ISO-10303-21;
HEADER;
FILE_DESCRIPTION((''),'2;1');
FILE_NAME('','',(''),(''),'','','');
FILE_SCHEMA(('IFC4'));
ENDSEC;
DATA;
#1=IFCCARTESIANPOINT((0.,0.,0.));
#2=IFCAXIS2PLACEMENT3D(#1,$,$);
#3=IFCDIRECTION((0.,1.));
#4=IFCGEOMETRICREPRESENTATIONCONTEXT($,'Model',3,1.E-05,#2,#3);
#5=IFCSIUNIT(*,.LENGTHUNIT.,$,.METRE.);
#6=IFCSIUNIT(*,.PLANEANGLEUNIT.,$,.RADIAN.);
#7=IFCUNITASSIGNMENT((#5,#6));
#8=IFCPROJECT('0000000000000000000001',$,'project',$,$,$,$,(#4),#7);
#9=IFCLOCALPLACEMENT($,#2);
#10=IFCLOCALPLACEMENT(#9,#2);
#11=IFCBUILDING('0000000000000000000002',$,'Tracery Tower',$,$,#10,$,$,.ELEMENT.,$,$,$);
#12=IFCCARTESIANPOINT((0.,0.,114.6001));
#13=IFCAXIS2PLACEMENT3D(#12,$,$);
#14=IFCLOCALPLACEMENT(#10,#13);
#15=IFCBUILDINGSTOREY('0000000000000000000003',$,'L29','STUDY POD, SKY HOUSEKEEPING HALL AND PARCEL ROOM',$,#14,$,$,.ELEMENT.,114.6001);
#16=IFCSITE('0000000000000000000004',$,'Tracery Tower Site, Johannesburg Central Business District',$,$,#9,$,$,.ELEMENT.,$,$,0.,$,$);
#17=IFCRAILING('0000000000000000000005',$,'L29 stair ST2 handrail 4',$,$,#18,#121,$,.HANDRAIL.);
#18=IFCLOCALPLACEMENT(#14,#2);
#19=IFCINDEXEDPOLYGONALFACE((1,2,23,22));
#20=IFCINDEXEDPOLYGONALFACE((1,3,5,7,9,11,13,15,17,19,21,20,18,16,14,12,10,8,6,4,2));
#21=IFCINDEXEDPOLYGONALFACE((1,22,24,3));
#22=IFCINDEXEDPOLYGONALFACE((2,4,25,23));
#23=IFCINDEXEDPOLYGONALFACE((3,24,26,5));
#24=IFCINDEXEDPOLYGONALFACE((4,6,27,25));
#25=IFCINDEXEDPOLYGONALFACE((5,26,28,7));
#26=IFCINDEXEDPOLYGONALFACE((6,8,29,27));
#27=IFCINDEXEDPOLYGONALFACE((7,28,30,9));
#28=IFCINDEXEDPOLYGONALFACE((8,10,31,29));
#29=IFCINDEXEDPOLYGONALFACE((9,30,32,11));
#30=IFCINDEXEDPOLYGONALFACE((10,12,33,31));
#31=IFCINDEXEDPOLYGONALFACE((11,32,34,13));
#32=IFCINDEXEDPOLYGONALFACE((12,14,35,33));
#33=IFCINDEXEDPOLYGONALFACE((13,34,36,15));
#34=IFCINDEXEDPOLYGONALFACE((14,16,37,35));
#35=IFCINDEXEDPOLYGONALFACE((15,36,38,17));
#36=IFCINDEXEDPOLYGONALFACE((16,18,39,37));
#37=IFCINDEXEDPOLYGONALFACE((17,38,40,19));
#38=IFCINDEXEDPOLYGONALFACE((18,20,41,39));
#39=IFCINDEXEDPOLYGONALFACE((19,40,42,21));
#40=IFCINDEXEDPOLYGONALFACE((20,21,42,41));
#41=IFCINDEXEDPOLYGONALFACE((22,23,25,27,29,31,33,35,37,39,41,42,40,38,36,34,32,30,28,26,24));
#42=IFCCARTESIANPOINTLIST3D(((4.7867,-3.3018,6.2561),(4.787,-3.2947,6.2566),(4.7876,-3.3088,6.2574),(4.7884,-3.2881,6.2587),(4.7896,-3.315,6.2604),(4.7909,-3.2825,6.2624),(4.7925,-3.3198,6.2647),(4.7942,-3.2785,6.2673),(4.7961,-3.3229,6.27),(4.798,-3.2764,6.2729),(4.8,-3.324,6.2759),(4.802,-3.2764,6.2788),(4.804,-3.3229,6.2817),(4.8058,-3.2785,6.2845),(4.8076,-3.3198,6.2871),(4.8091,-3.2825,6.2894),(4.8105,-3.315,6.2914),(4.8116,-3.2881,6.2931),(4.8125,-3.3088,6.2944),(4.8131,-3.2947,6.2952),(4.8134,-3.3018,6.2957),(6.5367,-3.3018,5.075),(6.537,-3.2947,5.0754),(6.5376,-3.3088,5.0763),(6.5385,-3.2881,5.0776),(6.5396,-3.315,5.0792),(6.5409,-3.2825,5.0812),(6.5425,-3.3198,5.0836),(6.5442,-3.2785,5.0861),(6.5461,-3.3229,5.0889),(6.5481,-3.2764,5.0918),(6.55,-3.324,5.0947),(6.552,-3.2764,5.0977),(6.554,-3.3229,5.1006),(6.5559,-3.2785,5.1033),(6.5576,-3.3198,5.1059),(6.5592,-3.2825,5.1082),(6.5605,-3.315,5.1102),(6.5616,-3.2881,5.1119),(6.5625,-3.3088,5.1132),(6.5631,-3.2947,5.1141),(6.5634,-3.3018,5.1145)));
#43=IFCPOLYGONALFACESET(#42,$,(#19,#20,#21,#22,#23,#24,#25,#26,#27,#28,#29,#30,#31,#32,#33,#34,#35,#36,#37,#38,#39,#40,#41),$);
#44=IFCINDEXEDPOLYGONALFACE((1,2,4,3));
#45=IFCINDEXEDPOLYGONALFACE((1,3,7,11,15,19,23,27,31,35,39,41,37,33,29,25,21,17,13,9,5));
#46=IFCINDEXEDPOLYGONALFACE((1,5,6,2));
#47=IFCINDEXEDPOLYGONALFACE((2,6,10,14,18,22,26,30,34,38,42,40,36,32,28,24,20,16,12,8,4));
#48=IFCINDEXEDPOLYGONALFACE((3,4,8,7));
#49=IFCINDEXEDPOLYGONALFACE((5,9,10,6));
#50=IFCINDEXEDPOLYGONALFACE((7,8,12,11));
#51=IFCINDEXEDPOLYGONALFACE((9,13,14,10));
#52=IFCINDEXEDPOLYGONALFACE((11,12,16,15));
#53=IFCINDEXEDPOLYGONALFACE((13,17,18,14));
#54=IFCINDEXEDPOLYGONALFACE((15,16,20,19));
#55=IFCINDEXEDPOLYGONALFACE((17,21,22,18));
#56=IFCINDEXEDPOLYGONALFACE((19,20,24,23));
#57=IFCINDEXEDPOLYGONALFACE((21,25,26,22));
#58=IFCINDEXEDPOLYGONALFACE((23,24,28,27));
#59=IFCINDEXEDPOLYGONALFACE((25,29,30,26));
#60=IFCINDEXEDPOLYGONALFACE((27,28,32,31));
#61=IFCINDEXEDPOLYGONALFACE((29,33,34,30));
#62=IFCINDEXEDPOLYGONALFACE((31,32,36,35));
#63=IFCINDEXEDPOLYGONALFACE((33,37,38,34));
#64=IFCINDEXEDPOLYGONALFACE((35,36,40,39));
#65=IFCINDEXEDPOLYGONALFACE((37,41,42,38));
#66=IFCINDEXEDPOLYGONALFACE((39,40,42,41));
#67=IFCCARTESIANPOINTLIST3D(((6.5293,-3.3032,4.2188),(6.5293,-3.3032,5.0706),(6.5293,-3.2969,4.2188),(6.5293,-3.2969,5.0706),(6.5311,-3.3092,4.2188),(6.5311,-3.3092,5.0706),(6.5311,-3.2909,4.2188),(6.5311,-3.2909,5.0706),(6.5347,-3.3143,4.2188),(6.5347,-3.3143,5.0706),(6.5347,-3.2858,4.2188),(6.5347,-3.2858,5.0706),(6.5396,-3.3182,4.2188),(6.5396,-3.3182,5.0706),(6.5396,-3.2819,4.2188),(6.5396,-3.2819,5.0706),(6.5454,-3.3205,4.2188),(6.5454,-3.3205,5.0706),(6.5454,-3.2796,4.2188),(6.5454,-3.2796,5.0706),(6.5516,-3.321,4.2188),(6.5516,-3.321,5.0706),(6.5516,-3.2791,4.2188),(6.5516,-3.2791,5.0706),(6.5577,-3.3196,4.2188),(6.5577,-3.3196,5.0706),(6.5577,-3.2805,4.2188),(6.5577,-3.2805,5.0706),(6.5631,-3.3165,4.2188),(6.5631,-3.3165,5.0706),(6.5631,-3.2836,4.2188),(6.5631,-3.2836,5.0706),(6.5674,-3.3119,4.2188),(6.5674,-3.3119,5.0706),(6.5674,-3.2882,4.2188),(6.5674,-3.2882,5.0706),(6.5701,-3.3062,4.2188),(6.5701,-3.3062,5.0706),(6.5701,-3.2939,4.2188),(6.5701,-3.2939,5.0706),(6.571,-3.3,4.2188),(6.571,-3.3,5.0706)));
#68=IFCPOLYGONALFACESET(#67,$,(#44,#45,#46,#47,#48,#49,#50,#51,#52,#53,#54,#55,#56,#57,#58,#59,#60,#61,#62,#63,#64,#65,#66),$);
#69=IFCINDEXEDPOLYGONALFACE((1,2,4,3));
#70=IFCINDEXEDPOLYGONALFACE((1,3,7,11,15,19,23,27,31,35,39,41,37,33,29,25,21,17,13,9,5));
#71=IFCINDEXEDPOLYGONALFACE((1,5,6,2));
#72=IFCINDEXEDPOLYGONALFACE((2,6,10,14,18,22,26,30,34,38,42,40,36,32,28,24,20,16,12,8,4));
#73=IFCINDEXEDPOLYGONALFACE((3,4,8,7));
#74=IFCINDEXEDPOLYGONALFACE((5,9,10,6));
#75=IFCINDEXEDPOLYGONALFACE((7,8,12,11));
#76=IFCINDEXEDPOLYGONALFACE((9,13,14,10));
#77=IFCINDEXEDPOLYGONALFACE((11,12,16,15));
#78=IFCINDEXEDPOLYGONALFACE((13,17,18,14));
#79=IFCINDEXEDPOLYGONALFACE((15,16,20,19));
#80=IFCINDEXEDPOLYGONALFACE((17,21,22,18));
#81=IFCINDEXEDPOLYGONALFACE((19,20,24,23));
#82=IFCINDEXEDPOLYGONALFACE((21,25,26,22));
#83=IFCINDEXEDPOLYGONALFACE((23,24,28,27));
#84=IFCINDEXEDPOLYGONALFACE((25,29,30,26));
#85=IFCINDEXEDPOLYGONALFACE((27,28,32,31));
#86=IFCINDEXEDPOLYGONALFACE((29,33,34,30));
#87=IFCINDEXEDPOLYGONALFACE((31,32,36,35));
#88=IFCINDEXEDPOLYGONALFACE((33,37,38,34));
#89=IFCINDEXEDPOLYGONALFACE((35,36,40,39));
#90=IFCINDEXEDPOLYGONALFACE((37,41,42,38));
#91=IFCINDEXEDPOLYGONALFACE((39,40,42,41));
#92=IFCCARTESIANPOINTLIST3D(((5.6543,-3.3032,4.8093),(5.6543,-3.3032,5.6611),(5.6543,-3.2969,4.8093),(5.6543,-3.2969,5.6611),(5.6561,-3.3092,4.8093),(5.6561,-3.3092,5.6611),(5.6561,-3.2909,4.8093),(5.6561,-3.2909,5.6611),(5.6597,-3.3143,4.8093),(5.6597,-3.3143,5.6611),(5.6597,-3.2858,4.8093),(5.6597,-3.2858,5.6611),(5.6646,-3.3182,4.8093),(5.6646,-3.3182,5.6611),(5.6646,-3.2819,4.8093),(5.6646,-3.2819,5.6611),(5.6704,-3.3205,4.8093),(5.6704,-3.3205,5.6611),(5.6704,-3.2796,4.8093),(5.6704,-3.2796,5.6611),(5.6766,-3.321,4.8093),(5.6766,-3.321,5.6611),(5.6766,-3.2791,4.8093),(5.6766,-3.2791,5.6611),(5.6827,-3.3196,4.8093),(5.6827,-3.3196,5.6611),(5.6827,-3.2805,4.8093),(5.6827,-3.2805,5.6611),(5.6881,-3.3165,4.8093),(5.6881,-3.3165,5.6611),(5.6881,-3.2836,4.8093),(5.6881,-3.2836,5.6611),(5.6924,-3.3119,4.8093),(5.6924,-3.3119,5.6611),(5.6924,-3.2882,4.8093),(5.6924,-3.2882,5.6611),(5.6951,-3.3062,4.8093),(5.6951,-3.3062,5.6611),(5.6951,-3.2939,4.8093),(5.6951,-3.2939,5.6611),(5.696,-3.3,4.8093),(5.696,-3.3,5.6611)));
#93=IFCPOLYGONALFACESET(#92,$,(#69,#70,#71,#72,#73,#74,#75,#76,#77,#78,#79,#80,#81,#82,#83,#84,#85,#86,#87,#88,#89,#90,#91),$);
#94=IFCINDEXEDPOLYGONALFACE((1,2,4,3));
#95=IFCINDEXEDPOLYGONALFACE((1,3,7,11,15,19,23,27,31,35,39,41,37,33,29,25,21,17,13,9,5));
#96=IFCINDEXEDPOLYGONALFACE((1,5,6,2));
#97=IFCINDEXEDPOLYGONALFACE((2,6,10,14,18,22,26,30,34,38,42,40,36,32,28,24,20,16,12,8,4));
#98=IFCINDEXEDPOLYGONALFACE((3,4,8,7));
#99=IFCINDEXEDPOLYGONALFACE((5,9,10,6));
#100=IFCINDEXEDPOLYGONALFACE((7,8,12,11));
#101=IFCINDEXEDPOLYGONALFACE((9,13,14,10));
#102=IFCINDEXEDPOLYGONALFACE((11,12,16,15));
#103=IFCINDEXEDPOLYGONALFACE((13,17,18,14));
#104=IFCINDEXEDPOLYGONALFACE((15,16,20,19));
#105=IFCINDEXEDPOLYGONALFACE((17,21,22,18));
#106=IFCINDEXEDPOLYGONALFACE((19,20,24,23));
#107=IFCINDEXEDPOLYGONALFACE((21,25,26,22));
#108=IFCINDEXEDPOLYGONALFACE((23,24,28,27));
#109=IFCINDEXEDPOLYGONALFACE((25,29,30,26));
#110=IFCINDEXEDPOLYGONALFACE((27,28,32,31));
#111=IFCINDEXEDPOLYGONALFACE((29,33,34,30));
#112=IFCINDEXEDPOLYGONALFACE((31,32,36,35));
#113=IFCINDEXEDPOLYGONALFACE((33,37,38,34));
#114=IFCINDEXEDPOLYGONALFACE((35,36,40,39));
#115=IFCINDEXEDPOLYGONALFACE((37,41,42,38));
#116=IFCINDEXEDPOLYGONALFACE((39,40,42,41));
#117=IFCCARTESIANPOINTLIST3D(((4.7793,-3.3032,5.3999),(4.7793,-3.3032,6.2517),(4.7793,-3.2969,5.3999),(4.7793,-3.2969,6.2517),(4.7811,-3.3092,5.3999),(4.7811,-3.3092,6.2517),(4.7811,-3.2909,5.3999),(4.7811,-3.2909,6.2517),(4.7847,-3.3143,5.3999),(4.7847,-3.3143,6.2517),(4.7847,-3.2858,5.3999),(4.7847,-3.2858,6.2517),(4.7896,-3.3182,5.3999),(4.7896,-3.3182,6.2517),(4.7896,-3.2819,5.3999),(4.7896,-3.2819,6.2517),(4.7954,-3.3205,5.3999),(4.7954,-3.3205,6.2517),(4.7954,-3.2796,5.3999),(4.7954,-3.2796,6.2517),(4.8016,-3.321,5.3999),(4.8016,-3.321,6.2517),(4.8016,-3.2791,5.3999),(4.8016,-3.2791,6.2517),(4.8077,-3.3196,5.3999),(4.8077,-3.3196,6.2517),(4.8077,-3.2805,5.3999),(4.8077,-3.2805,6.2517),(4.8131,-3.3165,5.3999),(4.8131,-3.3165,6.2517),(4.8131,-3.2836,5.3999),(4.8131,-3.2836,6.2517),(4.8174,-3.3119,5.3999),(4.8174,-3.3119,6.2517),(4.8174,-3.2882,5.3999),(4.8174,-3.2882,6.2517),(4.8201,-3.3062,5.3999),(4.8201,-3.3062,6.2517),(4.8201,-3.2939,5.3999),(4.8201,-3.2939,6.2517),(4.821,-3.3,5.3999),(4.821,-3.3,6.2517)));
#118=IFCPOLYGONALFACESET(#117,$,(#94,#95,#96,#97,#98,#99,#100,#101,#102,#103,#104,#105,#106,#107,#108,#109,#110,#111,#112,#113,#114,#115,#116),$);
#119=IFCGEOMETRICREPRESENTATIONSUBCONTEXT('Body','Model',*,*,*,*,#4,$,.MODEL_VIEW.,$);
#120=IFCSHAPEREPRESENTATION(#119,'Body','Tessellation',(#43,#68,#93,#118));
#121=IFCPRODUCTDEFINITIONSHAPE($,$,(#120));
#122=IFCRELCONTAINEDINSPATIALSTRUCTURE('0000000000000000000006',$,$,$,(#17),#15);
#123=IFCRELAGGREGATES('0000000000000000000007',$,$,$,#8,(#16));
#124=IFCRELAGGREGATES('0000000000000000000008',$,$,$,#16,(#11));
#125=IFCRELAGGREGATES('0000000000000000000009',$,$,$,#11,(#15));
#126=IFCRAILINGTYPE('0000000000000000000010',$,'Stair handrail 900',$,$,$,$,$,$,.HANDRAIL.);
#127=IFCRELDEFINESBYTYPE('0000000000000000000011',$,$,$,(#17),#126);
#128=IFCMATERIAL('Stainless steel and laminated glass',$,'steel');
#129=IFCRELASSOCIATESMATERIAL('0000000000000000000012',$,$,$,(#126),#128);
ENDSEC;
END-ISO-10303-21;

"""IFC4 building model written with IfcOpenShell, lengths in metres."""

from ifc_helpers import new_model, si_unit, direction, frame, origin, origin_2d, place, context, subcontext, project, spatial, circle, extrude, material, type_object, element, save


model = new_model("IFC4")

# Units and contexts
model_context = context("Model", 3, precision=1e-05, world=origin(), true_north=direction((0.0, 1.0)))
body_context = subcontext(model_context, "Body", "Model", "MODEL_VIEW")
ifc_project = project(units=[si_unit("LENGTHUNIT", "METRE"), si_unit("PLANEANGLEUNIT", "RADIAN")], contexts=[model_context])

# Site, building, storey
site_placement = place(None, origin())
site = spatial("IfcSite", under=ifc_project, at=site_placement, Name="Tracery Tower Site, Johannesburg Central Business District", CompositionType="ELEMENT", RefElevation=0.0)
building_placement = place(site_placement, origin())
building = spatial("IfcBuilding", under=site, at=building_placement, Name="Tracery Tower", CompositionType="ELEMENT")
storey_placement = place(building_placement, frame((0.0, 0.0, 114.6001)))
storey = spatial("IfcBuildingStorey", under=building, at=storey_placement, Name="L29", Description="STUDY POD, SKY HOUSEKEEPING HALL AND PARCEL ROOM", CompositionType="ELEMENT", Elevation=114.6001)

# Railing
ifc_material_1 = material(Name="Stainless steel and laminated glass", Category="steel")
railing_type_1 = type_object("IfcRailingType", Name="Stair handrail 900", PredefinedType="HANDRAIL", material=ifc_material_1)
railing_1_placement = place(storey_placement, frame((6.55, -3.3, 4.2188)))
element("IfcRailing", 1, at=railing_1_placement, inside=storey, type_object=railing_type_1, Name="L29 stair ST2 handrail 4", PredefinedType="HANDRAIL", context=body_context, shape_type="SweptSolid", body=[
    extrude(circle(Radius=0.0239, at=origin_2d()), frame((0.0, 0.0, 0.876), z_axis=(-0.82887, 0.0, 0.559441), x_axis=(0.0, -1.0, 0.0)), (0.0, 0.0, 1.0), 2.1113),
    extrude(circle(Radius=0.021, at=origin_2d()), origin(), (0.0, 0.0, 1.0), 0.8518),
    extrude(circle(Radius=0.021, at=origin_2d()), frame((-0.875, 0.0, 0.5906)), (0.0, 0.0, 1.0), 0.8518),
    extrude(circle(Radius=0.021, at=origin_2d()), frame((-1.75, 0.0, 1.1812)), (0.0, 0.0, 1.0), 0.8518),
])

save(model, "model.ifc")
